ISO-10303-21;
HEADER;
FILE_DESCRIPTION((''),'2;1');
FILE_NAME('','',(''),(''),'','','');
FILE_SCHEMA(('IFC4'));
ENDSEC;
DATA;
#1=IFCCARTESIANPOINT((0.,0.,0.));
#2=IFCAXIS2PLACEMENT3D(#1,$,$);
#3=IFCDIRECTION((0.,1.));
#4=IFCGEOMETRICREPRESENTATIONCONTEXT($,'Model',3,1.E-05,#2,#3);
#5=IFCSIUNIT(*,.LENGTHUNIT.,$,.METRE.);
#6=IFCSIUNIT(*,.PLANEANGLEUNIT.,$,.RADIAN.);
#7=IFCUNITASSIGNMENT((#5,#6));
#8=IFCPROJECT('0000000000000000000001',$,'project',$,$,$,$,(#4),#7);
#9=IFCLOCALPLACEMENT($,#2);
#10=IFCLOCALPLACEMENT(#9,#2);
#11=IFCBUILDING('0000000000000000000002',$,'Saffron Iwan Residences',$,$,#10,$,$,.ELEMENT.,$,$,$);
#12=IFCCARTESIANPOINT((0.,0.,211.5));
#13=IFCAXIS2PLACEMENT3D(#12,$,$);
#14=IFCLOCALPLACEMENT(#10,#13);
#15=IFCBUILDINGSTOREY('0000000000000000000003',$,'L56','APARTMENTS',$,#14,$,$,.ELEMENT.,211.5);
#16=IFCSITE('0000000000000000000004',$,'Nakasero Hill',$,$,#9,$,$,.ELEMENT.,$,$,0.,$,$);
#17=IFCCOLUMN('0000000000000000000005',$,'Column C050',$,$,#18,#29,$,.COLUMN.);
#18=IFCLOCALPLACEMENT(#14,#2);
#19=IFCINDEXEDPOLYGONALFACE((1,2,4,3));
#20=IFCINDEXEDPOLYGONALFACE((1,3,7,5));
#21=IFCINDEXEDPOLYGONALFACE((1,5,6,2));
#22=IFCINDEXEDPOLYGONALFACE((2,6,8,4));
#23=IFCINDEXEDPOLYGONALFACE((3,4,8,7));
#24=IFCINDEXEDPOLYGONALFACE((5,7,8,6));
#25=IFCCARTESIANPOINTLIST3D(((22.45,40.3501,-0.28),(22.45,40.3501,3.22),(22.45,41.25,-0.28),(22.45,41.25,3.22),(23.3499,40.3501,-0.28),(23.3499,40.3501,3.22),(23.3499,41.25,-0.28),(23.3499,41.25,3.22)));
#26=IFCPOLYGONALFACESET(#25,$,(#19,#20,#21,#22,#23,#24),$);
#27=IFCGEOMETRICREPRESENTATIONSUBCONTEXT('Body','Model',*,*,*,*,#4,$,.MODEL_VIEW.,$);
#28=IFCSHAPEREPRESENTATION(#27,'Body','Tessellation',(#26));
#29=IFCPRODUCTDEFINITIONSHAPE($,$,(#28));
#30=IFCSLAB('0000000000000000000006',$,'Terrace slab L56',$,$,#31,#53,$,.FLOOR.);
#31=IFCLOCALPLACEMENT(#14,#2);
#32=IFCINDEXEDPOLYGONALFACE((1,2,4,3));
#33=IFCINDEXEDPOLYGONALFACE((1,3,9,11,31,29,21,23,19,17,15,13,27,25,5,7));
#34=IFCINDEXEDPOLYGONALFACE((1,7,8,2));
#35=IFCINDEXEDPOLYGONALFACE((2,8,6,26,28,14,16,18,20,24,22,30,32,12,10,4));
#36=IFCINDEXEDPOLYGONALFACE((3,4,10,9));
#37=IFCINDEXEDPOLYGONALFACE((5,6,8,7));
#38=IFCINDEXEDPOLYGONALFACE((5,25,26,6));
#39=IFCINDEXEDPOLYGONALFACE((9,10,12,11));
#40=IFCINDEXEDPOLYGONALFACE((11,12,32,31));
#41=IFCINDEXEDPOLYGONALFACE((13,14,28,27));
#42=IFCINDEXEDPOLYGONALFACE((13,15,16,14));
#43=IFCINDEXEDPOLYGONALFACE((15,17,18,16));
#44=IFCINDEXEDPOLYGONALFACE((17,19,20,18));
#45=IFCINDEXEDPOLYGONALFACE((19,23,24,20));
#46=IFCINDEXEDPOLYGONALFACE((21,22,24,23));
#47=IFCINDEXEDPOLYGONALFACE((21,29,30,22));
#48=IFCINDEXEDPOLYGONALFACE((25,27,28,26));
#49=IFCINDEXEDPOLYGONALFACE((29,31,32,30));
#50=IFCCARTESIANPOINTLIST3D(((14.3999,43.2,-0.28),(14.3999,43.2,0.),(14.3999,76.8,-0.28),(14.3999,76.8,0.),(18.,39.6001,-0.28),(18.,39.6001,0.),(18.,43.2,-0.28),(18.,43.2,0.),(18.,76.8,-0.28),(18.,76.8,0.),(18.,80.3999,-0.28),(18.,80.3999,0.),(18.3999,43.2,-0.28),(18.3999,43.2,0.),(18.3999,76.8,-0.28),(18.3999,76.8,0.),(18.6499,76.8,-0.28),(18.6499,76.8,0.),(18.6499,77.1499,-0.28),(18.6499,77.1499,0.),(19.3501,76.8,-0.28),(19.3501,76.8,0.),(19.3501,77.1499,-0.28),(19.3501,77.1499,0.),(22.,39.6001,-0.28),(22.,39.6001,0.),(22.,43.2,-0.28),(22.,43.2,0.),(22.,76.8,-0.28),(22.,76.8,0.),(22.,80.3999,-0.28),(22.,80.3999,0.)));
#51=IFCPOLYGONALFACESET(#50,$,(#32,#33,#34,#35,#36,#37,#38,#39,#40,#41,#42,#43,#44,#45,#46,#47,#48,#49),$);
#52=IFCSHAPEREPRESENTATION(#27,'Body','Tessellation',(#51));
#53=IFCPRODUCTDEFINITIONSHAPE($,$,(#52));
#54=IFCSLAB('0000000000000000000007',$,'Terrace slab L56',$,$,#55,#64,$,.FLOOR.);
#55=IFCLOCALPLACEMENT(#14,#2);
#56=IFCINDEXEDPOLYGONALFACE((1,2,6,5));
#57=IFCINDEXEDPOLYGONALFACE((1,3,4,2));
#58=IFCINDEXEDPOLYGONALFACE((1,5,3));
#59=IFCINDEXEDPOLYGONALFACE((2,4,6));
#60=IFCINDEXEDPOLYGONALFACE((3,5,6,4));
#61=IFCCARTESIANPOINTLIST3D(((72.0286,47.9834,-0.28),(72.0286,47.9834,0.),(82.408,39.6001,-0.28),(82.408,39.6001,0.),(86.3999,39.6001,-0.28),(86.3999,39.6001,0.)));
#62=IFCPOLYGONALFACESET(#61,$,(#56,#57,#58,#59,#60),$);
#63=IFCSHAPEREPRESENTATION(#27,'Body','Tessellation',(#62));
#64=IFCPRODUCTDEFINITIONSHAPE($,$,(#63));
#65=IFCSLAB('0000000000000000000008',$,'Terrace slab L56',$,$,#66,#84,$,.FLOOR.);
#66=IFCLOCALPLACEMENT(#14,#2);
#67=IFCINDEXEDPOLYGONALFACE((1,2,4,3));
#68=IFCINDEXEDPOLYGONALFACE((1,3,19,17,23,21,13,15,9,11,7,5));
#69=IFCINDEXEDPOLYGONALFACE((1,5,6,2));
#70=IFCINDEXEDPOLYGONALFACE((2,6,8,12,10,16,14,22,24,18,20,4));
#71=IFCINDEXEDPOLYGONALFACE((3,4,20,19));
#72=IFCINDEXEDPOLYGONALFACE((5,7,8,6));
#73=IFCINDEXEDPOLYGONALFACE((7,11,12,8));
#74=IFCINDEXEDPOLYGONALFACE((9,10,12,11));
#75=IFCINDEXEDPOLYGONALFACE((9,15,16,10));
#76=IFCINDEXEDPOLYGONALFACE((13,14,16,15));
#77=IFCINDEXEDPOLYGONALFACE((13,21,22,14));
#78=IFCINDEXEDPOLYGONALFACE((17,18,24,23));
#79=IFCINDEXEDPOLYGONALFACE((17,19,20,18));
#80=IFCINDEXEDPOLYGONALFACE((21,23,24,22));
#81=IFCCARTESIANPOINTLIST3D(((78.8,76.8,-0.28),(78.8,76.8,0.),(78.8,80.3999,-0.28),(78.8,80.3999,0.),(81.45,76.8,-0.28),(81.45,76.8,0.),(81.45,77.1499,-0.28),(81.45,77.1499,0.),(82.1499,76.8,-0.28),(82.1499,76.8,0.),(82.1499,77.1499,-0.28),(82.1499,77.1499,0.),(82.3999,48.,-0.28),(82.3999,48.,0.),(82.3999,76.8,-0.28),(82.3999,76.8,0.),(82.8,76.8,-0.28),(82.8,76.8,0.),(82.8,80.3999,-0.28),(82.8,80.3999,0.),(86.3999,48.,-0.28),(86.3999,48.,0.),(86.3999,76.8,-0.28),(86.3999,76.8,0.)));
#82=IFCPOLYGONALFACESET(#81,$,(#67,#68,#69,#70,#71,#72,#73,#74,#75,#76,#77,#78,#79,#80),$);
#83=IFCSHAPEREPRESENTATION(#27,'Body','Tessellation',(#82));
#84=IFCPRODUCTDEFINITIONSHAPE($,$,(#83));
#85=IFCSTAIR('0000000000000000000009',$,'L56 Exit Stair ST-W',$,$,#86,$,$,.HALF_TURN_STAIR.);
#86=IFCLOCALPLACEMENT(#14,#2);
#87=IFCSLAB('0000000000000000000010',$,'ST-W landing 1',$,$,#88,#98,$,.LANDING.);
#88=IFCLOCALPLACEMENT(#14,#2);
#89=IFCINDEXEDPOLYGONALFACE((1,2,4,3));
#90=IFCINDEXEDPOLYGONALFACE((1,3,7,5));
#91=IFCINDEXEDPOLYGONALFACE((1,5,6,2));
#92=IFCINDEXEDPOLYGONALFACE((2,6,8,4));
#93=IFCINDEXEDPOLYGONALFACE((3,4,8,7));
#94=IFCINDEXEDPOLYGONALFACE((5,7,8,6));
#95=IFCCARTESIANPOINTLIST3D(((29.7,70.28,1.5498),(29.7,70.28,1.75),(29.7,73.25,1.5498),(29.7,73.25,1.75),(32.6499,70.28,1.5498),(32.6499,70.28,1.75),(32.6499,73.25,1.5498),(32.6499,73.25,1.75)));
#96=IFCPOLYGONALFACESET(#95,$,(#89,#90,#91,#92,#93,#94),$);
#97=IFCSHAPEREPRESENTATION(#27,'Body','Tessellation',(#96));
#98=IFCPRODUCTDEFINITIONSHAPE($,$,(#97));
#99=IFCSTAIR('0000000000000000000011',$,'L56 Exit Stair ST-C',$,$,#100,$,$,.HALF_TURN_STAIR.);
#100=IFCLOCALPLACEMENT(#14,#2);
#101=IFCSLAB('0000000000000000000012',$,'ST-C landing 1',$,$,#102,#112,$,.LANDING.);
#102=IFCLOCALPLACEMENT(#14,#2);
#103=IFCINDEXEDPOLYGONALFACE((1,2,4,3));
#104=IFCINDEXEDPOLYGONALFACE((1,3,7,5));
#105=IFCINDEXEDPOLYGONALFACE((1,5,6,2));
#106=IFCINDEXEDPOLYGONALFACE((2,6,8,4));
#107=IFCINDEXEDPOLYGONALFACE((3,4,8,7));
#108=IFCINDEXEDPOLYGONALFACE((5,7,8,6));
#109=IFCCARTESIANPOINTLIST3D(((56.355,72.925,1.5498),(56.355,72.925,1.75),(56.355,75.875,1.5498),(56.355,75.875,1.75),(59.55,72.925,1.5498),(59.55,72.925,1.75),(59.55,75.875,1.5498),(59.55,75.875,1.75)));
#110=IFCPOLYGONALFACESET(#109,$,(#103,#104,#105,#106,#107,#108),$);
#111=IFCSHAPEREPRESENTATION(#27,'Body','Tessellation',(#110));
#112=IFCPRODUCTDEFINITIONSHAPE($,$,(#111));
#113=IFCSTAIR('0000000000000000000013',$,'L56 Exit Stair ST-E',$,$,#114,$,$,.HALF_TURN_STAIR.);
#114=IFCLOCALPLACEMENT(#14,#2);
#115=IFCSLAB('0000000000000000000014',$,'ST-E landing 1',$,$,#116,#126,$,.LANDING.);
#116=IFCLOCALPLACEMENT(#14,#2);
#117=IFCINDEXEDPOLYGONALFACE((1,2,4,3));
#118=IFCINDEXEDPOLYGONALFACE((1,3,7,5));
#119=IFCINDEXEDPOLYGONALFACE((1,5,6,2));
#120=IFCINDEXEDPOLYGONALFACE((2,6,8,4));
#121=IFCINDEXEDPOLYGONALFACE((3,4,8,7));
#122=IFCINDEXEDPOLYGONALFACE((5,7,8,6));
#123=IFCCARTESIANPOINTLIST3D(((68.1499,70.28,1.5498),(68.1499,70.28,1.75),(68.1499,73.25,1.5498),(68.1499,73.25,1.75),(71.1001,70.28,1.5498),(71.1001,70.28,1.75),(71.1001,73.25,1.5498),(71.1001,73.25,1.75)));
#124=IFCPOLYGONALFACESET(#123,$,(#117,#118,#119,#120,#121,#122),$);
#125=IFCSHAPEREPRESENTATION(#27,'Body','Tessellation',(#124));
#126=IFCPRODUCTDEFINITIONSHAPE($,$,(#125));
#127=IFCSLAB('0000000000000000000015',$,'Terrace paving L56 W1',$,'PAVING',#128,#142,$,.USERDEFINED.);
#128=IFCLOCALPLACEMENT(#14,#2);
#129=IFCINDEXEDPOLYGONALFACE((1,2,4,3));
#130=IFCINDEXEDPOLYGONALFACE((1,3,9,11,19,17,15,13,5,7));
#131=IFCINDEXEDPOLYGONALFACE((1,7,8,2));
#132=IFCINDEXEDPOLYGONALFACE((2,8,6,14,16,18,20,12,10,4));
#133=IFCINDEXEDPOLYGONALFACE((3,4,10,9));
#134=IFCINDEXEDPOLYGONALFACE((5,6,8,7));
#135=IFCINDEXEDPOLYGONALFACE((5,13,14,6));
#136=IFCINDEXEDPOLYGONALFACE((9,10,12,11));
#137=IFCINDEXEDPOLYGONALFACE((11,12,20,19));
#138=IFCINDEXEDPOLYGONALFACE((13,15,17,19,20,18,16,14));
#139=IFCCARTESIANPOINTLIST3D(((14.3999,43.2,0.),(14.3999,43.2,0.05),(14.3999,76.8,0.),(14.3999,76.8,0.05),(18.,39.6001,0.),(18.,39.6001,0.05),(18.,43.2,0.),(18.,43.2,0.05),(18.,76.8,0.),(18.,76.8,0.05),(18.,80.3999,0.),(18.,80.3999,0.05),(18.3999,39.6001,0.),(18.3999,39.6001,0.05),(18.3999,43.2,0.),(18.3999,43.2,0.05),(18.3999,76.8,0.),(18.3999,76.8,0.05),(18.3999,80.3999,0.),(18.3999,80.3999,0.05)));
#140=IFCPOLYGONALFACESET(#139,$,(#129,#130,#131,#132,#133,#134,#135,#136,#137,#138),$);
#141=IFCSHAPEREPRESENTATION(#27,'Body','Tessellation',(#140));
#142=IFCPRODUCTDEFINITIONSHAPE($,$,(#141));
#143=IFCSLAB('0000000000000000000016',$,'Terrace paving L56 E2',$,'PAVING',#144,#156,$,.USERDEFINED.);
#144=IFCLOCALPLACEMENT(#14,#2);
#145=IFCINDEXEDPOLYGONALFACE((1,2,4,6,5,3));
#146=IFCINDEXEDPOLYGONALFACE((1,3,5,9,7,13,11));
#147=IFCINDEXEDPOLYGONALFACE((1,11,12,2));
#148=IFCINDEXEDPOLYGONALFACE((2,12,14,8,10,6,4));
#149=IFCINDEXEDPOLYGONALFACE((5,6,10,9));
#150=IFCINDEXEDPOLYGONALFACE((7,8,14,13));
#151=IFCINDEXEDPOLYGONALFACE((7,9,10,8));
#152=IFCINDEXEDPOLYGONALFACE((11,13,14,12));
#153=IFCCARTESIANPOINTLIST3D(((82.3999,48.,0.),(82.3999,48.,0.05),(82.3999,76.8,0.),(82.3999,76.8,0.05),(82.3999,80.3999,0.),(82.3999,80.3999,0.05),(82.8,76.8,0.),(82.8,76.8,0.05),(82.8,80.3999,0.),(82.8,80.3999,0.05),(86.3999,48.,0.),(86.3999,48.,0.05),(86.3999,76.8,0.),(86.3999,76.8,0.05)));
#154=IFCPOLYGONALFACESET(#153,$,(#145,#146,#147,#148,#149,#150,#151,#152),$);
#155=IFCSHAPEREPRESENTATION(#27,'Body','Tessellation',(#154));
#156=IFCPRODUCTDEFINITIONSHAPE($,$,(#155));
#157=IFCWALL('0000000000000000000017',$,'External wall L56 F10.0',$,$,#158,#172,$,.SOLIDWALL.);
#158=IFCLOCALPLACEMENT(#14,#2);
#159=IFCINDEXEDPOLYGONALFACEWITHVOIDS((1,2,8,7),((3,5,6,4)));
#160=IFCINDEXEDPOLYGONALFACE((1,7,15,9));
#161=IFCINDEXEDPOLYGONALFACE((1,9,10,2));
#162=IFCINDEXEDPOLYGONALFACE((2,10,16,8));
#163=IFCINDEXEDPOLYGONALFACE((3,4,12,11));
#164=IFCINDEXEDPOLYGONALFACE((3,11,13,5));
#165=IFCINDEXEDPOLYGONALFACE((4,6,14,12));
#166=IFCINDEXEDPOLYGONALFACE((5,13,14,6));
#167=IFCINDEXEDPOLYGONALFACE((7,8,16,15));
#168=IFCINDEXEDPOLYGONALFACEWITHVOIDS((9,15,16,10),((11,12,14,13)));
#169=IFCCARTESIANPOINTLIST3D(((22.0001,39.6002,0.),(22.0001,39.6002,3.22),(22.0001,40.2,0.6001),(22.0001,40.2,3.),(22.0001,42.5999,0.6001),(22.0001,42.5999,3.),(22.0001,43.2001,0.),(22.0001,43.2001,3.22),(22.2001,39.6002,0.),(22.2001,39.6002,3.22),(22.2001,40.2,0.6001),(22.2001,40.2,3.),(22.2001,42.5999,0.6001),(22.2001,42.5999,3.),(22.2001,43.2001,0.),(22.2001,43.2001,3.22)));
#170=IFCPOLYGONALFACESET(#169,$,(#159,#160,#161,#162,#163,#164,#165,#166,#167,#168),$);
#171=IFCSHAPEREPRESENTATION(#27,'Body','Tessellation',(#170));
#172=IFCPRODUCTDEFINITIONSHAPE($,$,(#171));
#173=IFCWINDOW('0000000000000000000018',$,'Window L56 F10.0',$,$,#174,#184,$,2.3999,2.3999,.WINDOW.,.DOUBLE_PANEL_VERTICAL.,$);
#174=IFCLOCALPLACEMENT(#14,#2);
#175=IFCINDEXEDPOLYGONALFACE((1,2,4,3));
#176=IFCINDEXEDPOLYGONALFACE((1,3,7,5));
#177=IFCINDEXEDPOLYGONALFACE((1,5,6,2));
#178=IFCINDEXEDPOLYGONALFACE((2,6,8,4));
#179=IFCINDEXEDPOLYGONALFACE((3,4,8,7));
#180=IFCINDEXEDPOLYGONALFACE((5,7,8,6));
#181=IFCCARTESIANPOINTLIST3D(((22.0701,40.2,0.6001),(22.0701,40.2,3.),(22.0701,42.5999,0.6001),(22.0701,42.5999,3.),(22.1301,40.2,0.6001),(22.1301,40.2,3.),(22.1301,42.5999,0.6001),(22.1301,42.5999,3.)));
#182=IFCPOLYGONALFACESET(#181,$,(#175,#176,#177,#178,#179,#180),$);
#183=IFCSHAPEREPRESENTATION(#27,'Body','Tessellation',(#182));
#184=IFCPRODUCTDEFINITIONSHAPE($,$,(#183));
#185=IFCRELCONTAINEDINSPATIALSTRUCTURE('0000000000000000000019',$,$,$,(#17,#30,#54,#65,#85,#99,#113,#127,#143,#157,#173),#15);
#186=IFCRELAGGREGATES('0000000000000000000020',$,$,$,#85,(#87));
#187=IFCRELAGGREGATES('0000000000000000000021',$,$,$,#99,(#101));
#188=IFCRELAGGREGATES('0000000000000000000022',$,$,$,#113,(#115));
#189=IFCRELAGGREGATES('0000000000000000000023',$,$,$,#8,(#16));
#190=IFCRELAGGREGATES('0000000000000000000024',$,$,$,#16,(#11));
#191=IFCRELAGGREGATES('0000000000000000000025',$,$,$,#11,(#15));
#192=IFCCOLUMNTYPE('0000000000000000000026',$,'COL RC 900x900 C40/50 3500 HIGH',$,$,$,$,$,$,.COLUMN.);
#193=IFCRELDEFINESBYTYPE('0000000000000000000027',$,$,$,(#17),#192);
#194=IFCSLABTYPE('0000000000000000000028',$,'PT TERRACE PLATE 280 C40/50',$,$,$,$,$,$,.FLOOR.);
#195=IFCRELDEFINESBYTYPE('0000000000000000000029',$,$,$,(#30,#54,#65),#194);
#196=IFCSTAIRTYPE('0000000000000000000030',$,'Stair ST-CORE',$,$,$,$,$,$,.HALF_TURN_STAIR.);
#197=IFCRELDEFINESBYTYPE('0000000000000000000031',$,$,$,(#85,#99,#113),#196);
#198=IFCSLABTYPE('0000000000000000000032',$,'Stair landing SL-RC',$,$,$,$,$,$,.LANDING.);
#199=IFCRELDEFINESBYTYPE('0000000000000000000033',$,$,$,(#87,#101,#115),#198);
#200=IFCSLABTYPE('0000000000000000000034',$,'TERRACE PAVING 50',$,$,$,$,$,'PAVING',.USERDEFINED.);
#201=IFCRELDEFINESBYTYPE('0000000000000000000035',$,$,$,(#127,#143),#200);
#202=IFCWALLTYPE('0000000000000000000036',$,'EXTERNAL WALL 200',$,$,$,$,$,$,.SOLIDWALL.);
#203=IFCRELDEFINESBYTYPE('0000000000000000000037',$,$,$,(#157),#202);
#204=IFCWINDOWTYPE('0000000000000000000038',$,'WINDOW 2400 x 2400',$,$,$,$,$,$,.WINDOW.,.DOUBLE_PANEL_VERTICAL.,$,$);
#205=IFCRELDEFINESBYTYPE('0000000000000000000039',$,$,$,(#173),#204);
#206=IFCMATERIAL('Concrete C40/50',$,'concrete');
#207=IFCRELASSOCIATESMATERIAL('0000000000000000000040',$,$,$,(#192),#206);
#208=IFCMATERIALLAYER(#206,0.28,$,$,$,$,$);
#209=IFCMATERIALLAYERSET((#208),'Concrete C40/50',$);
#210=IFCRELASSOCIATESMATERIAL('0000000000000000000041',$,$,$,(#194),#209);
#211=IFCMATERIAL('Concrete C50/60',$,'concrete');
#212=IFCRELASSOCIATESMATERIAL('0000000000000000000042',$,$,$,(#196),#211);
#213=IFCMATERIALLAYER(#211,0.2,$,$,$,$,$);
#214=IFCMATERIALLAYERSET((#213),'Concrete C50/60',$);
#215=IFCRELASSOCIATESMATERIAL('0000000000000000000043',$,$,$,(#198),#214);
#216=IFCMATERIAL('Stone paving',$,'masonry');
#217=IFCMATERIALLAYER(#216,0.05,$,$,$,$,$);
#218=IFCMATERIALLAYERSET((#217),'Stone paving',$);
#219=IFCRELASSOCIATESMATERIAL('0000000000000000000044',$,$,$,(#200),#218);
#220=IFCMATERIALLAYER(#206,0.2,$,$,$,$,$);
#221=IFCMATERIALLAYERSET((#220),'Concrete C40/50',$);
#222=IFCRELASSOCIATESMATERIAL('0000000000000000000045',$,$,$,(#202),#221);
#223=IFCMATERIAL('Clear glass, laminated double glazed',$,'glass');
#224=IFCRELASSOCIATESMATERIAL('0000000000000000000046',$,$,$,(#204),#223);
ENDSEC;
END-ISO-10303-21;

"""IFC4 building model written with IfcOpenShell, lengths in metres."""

from ifc_helpers import new_model, si_unit, direction, frame, frame_2d, origin, origin_2d, place, context, subcontext, project, spatial, polyline, rectangle, outline, extrude, source, transform, mapped, material, layer, layer_set, material_profile, profile_set, type_object, element, fill, aggregate, save


model = new_model("IFC4")

# Units and contexts
model_context = context("Model", 3, precision=1e-05, world=origin(), true_north=direction((0.0, 1.0)))
body_context = subcontext(model_context, "Body", "Model", "MODEL_VIEW")
ifc_project = project(units=[si_unit("LENGTHUNIT", "METRE"), si_unit("PLANEANGLEUNIT", "RADIAN")], contexts=[model_context])

# Site, building, storey
site_placement = place(None, origin())
site = spatial("IfcSite", under=ifc_project, at=site_placement, Name="Nakasero Hill", CompositionType="ELEMENT", RefElevation=0.0)
building_placement = place(site_placement, origin())
building = spatial("IfcBuilding", under=site, at=building_placement, Name="Saffron Iwan Residences", CompositionType="ELEMENT")
storey_placement = place(building_placement, frame((0.0, 0.0, 211.5)))
storey = spatial("IfcBuildingStorey", under=building, at=storey_placement, Name="L56", Description="APARTMENTS", CompositionType="ELEMENT", Elevation=211.5)

# Column
ifc_material_1 = material(Name="Concrete C40/50", Category="concrete")
ifc_material_profile = material_profile(ifc_material_1, rectangle(XDim=0.8999, YDim=0.8999, at=origin_2d()), Name="RC 900x900")
ifc_profile_set = profile_set([ifc_material_profile], Name="Concrete C40/50")
column_type = type_object("IfcColumnType", Name="COL RC 900x900 C40/50 3500 HIGH", PredefinedType="COLUMN", material=ifc_profile_set)
shared_shape = source(origin(), body_context, "Body", "SweptSolid", [
    extrude(rectangle(XDim=0.8999, YDim=0.8999, at=origin_2d()), origin(), (0.0, 0.0, 1.0), 3.5),
])
column_placement = place(storey_placement, frame((22.8999, 40.8, -0.28), z_axis=(0.0, 0.0, 1.0), x_axis=(1.0, 0.0, 0.0)))
element("IfcColumn", 1, at=column_placement, inside=storey, type_object=column_type, Name="Column C050", PredefinedType="COLUMN", context=body_context, shape_type="MappedRepresentation", body=[
    mapped(shared_shape, transform((0.0, 0.0, 0.0))),
])

# Slabs
ifc_layer_1 = layer(ifc_material_1, 0.28)
ifc_layer_set_1 = layer_set([ifc_layer_1], Name="Concrete C40/50")
slab_type_1 = type_object("IfcSlabType", Name="PT TERRACE PLATE 280 C40/50", PredefinedType="FLOOR", material=ifc_layer_set_1)
slab_1_placement = place(storey_placement, frame((0.0, 0.0, -0.28)))
element("IfcSlab", 2, at=slab_1_placement, inside=storey, type_object=slab_type_1, Name="Terrace slab L56", PredefinedType="FLOOR", context=body_context, shape_type="SweptSolid", body=[
    extrude(outline(polyline([(14.3999, 76.8), (18.0, 76.8), (18.0, 80.3999), (22.0, 80.3999), (22.0, 76.8), (19.3501, 76.8), (19.3501, 77.1499), (18.6499, 77.1499), (18.6499, 76.8), (18.3999, 76.8), (18.3999, 43.2), (22.0, 43.2), (22.0, 39.6001), (18.0, 39.6001), (18.0, 43.2), (14.3999, 43.2), (14.3999, 76.8)])), origin(), (0.0, 0.0, 1.0), 0.28),
])
slab_2_placement = place(storey_placement, frame((0.0, 0.0, -0.28)))
element("IfcSlab", 3, at=slab_2_placement, inside=storey, type_object=slab_type_1, Name="Terrace slab L56", PredefinedType="FLOOR", context=body_context, shape_type="SweptSolid", body=[
    extrude(outline(polyline([(86.3999, 39.6001), (82.408, 39.6001), (72.0286, 47.9834), (86.3999, 39.6001)])), origin(), (0.0, 0.0, 1.0), 0.28),
])
slab_3_placement = place(storey_placement, frame((0.0, 0.0, -0.28)))
element("IfcSlab", 4, at=slab_3_placement, inside=storey, type_object=slab_type_1, Name="Terrace slab L56", PredefinedType="FLOOR", context=body_context, shape_type="SweptSolid", body=[
    extrude(outline(polyline([(86.3999, 48.0), (82.3999, 48.0), (82.3999, 76.8), (82.1499, 76.8), (82.1499, 77.1499), (81.45, 77.1499), (81.45, 76.8), (78.8, 76.8), (78.8, 80.3999), (82.8, 80.3999), (82.8, 76.8), (86.3999, 76.8), (86.3999, 48.0)])), origin(), (0.0, 0.0, 1.0), 0.28),
])

# Stairs, slabs
ifc_material_2 = material(Name="Concrete C50/60", Category="concrete")
stair_type = type_object("IfcStairType", Name="Stair ST-CORE", PredefinedType="HALF_TURN_STAIR", material=ifc_material_2)
stair_1_placement = place(storey_placement, origin())
stair_1 = element("IfcStair", 5, at=stair_1_placement, inside=storey, type_object=stair_type, Name="L56 Exit Stair ST-W", PredefinedType="HALF_TURN_STAIR")
ifc_layer_2 = layer(ifc_material_2, 0.2)
ifc_layer_set_2 = layer_set([ifc_layer_2], Name="Concrete C50/60")
slab_type_2 = type_object("IfcSlabType", Name="Stair landing SL-RC", PredefinedType="LANDING", material=ifc_layer_set_2)
slab_4_placement = place(storey_placement, frame((0.0, 0.0, 1.5498)))
slab_4 = element("IfcSlab", 6, at=slab_4_placement, type_object=slab_type_2, Name="ST-W landing 1", PredefinedType="LANDING", context=body_context, shape_type="SweptSolid", body=[
    extrude(outline(polyline([(32.6499, 70.28), (32.6499, 73.25), (29.7, 73.25), (29.7, 70.28), (32.6499, 70.28)])), origin(), (0.0, 0.0, 1.0), 0.2002),
])
aggregate(stair_1, [slab_4])
stair_2_placement = place(storey_placement, origin())
stair_2 = element("IfcStair", 7, at=stair_2_placement, inside=storey, type_object=stair_type, Name="L56 Exit Stair ST-C", PredefinedType="HALF_TURN_STAIR")
slab_5_placement = place(storey_placement, frame((0.0, 0.0, 1.5498)))
slab_5 = element("IfcSlab", 8, at=slab_5_placement, type_object=slab_type_2, Name="ST-C landing 1", PredefinedType="LANDING", context=body_context, shape_type="SweptSolid", body=[
    extrude(outline(polyline([(56.355, 72.925), (59.55, 72.925), (59.55, 75.875), (56.355, 75.875), (56.355, 72.925)])), origin(), (0.0, 0.0, 1.0), 0.2002),
])
aggregate(stair_2, [slab_5])
stair_3_placement = place(storey_placement, origin())
stair_3 = element("IfcStair", 9, at=stair_3_placement, inside=storey, type_object=stair_type, Name="L56 Exit Stair ST-E", PredefinedType="HALF_TURN_STAIR")
slab_6_placement = place(storey_placement, frame((0.0, 0.0, 1.5498)))
slab_6 = element("IfcSlab", 10, at=slab_6_placement, type_object=slab_type_2, Name="ST-E landing 1", PredefinedType="LANDING", context=body_context, shape_type="SweptSolid", body=[
    extrude(outline(polyline([(71.1001, 70.28), (71.1001, 73.25), (68.1499, 73.25), (68.1499, 70.28), (71.1001, 70.28)])), origin(), (0.0, 0.0, 1.0), 0.2002),
])
aggregate(stair_3, [slab_6])

# Slabs
ifc_material_3 = material(Name="Stone paving", Category="masonry")
ifc_layer_3 = layer(ifc_material_3, 0.05)
ifc_layer_set_3 = layer_set([ifc_layer_3], Name="Stone paving")
slab_type_3 = type_object("IfcSlabType", Name="TERRACE PAVING 50", ElementType="PAVING", PredefinedType="USERDEFINED", material=ifc_layer_set_3)
slab_7_placement = place(storey_placement, origin())
element("IfcSlab", 11, at=slab_7_placement, inside=storey, type_object=slab_type_3, Name="Terrace paving L56 W1", ObjectType="PAVING", PredefinedType="USERDEFINED", context=body_context, shape_type="SweptSolid", body=[
    extrude(outline(polyline([(18.0, 43.2), (18.0, 39.6001), (18.3999, 39.6001), (18.3999, 43.2), (18.3999, 76.8), (18.3999, 80.3999), (18.0, 80.3999), (18.0, 76.8), (14.3999, 76.8), (14.3999, 43.2), (18.0, 43.2)])), origin(), (0.0, 0.0, 1.0), 0.05),
])
slab_8_placement = place(storey_placement, origin())
element("IfcSlab", 12, at=slab_8_placement, inside=storey, type_object=slab_type_3, Name="Terrace paving L56 E2", ObjectType="PAVING", PredefinedType="USERDEFINED", context=body_context, shape_type="SweptSolid", body=[
    extrude(outline(polyline([(82.8, 80.3999), (82.3999, 80.3999), (82.3999, 76.8), (82.3999, 48.0), (86.3999, 48.0), (86.3999, 76.8), (82.8, 76.8), (82.8, 80.3999)])), origin(), (0.0, 0.0, 1.0), 0.05),
])

# Wall, opening, window
ifc_layer_4 = layer(ifc_material_1, 0.2)
ifc_layer_set_4 = layer_set([ifc_layer_4], Name="Concrete C40/50")
wall_type_1 = type_object("IfcWallType", Name="EXTERNAL WALL 200", PredefinedType="SOLIDWALL", material=ifc_layer_set_4)
wall_1_placement = place(storey_placement, frame((22.1001, 43.2, 0.0), z_axis=(0.0, 0.0, 1.0), x_axis=(0.0, -1.0, 0.0)))
wall_1 = element("IfcWall", 13, at=wall_1_placement, inside=storey, type_object=wall_type_1, Name="External wall L56 F10.0", PredefinedType="SOLIDWALL", context=body_context, shape_type="SweptSolid", body=[
    extrude(rectangle(XDim=3.5999, YDim=0.2, at=frame_2d((1.7998, 0.0))), origin(), (0.0, 0.0, 1.0), 3.22),
])
opening_1_placement = place(wall_1_placement, frame((0.6001, 0.0, 0.6001)))
opening_1 = element("IfcOpeningElement", 14, at=opening_1_placement, cuts=wall_1, PredefinedType="OPENING", context=body_context, shape_type="SweptSolid", body=[
    extrude(rectangle(XDim=2.3999, YDim=2.3999, at=frame_2d((1.2, 1.2))), frame((0.0, 0.1099, 0.0), z_axis=(0.0, -1.0, 0.0), x_axis=(1.0, 0.0, 0.0)), (0.0, 0.0, 1.0), 0.22),
])
ifc_material_4 = material(Name="Clear glass, laminated double glazed", Category="glass")
window_type_1 = type_object("IfcWindowType", Name="WINDOW 2400 x 2400", PartitioningType="DOUBLE_PANEL_VERTICAL", PredefinedType="WINDOW", material=ifc_material_4)
window_1_placement = place(opening_1_placement, origin())
window_1 = element("IfcWindow", 15, at=window_1_placement, inside=storey, type_object=window_type_1, Name="Window L56 F10.0", OverallHeight=2.3999, OverallWidth=2.3999, PartitioningType="DOUBLE_PANEL_VERTICAL", PredefinedType="WINDOW", context=body_context, shape_type="SweptSolid", body=[
    extrude(rectangle(XDim=2.3999, YDim=2.3999, at=frame_2d((1.2, 1.2))), frame((0.0, 0.03, 0.0), z_axis=(0.0, -1.0, 0.0), x_axis=(1.0, 0.0, 0.0)), (0.0, 0.0, 1.0), 0.0601),
])
fill(opening_1, window_1)

save(model, "model.ifc")
